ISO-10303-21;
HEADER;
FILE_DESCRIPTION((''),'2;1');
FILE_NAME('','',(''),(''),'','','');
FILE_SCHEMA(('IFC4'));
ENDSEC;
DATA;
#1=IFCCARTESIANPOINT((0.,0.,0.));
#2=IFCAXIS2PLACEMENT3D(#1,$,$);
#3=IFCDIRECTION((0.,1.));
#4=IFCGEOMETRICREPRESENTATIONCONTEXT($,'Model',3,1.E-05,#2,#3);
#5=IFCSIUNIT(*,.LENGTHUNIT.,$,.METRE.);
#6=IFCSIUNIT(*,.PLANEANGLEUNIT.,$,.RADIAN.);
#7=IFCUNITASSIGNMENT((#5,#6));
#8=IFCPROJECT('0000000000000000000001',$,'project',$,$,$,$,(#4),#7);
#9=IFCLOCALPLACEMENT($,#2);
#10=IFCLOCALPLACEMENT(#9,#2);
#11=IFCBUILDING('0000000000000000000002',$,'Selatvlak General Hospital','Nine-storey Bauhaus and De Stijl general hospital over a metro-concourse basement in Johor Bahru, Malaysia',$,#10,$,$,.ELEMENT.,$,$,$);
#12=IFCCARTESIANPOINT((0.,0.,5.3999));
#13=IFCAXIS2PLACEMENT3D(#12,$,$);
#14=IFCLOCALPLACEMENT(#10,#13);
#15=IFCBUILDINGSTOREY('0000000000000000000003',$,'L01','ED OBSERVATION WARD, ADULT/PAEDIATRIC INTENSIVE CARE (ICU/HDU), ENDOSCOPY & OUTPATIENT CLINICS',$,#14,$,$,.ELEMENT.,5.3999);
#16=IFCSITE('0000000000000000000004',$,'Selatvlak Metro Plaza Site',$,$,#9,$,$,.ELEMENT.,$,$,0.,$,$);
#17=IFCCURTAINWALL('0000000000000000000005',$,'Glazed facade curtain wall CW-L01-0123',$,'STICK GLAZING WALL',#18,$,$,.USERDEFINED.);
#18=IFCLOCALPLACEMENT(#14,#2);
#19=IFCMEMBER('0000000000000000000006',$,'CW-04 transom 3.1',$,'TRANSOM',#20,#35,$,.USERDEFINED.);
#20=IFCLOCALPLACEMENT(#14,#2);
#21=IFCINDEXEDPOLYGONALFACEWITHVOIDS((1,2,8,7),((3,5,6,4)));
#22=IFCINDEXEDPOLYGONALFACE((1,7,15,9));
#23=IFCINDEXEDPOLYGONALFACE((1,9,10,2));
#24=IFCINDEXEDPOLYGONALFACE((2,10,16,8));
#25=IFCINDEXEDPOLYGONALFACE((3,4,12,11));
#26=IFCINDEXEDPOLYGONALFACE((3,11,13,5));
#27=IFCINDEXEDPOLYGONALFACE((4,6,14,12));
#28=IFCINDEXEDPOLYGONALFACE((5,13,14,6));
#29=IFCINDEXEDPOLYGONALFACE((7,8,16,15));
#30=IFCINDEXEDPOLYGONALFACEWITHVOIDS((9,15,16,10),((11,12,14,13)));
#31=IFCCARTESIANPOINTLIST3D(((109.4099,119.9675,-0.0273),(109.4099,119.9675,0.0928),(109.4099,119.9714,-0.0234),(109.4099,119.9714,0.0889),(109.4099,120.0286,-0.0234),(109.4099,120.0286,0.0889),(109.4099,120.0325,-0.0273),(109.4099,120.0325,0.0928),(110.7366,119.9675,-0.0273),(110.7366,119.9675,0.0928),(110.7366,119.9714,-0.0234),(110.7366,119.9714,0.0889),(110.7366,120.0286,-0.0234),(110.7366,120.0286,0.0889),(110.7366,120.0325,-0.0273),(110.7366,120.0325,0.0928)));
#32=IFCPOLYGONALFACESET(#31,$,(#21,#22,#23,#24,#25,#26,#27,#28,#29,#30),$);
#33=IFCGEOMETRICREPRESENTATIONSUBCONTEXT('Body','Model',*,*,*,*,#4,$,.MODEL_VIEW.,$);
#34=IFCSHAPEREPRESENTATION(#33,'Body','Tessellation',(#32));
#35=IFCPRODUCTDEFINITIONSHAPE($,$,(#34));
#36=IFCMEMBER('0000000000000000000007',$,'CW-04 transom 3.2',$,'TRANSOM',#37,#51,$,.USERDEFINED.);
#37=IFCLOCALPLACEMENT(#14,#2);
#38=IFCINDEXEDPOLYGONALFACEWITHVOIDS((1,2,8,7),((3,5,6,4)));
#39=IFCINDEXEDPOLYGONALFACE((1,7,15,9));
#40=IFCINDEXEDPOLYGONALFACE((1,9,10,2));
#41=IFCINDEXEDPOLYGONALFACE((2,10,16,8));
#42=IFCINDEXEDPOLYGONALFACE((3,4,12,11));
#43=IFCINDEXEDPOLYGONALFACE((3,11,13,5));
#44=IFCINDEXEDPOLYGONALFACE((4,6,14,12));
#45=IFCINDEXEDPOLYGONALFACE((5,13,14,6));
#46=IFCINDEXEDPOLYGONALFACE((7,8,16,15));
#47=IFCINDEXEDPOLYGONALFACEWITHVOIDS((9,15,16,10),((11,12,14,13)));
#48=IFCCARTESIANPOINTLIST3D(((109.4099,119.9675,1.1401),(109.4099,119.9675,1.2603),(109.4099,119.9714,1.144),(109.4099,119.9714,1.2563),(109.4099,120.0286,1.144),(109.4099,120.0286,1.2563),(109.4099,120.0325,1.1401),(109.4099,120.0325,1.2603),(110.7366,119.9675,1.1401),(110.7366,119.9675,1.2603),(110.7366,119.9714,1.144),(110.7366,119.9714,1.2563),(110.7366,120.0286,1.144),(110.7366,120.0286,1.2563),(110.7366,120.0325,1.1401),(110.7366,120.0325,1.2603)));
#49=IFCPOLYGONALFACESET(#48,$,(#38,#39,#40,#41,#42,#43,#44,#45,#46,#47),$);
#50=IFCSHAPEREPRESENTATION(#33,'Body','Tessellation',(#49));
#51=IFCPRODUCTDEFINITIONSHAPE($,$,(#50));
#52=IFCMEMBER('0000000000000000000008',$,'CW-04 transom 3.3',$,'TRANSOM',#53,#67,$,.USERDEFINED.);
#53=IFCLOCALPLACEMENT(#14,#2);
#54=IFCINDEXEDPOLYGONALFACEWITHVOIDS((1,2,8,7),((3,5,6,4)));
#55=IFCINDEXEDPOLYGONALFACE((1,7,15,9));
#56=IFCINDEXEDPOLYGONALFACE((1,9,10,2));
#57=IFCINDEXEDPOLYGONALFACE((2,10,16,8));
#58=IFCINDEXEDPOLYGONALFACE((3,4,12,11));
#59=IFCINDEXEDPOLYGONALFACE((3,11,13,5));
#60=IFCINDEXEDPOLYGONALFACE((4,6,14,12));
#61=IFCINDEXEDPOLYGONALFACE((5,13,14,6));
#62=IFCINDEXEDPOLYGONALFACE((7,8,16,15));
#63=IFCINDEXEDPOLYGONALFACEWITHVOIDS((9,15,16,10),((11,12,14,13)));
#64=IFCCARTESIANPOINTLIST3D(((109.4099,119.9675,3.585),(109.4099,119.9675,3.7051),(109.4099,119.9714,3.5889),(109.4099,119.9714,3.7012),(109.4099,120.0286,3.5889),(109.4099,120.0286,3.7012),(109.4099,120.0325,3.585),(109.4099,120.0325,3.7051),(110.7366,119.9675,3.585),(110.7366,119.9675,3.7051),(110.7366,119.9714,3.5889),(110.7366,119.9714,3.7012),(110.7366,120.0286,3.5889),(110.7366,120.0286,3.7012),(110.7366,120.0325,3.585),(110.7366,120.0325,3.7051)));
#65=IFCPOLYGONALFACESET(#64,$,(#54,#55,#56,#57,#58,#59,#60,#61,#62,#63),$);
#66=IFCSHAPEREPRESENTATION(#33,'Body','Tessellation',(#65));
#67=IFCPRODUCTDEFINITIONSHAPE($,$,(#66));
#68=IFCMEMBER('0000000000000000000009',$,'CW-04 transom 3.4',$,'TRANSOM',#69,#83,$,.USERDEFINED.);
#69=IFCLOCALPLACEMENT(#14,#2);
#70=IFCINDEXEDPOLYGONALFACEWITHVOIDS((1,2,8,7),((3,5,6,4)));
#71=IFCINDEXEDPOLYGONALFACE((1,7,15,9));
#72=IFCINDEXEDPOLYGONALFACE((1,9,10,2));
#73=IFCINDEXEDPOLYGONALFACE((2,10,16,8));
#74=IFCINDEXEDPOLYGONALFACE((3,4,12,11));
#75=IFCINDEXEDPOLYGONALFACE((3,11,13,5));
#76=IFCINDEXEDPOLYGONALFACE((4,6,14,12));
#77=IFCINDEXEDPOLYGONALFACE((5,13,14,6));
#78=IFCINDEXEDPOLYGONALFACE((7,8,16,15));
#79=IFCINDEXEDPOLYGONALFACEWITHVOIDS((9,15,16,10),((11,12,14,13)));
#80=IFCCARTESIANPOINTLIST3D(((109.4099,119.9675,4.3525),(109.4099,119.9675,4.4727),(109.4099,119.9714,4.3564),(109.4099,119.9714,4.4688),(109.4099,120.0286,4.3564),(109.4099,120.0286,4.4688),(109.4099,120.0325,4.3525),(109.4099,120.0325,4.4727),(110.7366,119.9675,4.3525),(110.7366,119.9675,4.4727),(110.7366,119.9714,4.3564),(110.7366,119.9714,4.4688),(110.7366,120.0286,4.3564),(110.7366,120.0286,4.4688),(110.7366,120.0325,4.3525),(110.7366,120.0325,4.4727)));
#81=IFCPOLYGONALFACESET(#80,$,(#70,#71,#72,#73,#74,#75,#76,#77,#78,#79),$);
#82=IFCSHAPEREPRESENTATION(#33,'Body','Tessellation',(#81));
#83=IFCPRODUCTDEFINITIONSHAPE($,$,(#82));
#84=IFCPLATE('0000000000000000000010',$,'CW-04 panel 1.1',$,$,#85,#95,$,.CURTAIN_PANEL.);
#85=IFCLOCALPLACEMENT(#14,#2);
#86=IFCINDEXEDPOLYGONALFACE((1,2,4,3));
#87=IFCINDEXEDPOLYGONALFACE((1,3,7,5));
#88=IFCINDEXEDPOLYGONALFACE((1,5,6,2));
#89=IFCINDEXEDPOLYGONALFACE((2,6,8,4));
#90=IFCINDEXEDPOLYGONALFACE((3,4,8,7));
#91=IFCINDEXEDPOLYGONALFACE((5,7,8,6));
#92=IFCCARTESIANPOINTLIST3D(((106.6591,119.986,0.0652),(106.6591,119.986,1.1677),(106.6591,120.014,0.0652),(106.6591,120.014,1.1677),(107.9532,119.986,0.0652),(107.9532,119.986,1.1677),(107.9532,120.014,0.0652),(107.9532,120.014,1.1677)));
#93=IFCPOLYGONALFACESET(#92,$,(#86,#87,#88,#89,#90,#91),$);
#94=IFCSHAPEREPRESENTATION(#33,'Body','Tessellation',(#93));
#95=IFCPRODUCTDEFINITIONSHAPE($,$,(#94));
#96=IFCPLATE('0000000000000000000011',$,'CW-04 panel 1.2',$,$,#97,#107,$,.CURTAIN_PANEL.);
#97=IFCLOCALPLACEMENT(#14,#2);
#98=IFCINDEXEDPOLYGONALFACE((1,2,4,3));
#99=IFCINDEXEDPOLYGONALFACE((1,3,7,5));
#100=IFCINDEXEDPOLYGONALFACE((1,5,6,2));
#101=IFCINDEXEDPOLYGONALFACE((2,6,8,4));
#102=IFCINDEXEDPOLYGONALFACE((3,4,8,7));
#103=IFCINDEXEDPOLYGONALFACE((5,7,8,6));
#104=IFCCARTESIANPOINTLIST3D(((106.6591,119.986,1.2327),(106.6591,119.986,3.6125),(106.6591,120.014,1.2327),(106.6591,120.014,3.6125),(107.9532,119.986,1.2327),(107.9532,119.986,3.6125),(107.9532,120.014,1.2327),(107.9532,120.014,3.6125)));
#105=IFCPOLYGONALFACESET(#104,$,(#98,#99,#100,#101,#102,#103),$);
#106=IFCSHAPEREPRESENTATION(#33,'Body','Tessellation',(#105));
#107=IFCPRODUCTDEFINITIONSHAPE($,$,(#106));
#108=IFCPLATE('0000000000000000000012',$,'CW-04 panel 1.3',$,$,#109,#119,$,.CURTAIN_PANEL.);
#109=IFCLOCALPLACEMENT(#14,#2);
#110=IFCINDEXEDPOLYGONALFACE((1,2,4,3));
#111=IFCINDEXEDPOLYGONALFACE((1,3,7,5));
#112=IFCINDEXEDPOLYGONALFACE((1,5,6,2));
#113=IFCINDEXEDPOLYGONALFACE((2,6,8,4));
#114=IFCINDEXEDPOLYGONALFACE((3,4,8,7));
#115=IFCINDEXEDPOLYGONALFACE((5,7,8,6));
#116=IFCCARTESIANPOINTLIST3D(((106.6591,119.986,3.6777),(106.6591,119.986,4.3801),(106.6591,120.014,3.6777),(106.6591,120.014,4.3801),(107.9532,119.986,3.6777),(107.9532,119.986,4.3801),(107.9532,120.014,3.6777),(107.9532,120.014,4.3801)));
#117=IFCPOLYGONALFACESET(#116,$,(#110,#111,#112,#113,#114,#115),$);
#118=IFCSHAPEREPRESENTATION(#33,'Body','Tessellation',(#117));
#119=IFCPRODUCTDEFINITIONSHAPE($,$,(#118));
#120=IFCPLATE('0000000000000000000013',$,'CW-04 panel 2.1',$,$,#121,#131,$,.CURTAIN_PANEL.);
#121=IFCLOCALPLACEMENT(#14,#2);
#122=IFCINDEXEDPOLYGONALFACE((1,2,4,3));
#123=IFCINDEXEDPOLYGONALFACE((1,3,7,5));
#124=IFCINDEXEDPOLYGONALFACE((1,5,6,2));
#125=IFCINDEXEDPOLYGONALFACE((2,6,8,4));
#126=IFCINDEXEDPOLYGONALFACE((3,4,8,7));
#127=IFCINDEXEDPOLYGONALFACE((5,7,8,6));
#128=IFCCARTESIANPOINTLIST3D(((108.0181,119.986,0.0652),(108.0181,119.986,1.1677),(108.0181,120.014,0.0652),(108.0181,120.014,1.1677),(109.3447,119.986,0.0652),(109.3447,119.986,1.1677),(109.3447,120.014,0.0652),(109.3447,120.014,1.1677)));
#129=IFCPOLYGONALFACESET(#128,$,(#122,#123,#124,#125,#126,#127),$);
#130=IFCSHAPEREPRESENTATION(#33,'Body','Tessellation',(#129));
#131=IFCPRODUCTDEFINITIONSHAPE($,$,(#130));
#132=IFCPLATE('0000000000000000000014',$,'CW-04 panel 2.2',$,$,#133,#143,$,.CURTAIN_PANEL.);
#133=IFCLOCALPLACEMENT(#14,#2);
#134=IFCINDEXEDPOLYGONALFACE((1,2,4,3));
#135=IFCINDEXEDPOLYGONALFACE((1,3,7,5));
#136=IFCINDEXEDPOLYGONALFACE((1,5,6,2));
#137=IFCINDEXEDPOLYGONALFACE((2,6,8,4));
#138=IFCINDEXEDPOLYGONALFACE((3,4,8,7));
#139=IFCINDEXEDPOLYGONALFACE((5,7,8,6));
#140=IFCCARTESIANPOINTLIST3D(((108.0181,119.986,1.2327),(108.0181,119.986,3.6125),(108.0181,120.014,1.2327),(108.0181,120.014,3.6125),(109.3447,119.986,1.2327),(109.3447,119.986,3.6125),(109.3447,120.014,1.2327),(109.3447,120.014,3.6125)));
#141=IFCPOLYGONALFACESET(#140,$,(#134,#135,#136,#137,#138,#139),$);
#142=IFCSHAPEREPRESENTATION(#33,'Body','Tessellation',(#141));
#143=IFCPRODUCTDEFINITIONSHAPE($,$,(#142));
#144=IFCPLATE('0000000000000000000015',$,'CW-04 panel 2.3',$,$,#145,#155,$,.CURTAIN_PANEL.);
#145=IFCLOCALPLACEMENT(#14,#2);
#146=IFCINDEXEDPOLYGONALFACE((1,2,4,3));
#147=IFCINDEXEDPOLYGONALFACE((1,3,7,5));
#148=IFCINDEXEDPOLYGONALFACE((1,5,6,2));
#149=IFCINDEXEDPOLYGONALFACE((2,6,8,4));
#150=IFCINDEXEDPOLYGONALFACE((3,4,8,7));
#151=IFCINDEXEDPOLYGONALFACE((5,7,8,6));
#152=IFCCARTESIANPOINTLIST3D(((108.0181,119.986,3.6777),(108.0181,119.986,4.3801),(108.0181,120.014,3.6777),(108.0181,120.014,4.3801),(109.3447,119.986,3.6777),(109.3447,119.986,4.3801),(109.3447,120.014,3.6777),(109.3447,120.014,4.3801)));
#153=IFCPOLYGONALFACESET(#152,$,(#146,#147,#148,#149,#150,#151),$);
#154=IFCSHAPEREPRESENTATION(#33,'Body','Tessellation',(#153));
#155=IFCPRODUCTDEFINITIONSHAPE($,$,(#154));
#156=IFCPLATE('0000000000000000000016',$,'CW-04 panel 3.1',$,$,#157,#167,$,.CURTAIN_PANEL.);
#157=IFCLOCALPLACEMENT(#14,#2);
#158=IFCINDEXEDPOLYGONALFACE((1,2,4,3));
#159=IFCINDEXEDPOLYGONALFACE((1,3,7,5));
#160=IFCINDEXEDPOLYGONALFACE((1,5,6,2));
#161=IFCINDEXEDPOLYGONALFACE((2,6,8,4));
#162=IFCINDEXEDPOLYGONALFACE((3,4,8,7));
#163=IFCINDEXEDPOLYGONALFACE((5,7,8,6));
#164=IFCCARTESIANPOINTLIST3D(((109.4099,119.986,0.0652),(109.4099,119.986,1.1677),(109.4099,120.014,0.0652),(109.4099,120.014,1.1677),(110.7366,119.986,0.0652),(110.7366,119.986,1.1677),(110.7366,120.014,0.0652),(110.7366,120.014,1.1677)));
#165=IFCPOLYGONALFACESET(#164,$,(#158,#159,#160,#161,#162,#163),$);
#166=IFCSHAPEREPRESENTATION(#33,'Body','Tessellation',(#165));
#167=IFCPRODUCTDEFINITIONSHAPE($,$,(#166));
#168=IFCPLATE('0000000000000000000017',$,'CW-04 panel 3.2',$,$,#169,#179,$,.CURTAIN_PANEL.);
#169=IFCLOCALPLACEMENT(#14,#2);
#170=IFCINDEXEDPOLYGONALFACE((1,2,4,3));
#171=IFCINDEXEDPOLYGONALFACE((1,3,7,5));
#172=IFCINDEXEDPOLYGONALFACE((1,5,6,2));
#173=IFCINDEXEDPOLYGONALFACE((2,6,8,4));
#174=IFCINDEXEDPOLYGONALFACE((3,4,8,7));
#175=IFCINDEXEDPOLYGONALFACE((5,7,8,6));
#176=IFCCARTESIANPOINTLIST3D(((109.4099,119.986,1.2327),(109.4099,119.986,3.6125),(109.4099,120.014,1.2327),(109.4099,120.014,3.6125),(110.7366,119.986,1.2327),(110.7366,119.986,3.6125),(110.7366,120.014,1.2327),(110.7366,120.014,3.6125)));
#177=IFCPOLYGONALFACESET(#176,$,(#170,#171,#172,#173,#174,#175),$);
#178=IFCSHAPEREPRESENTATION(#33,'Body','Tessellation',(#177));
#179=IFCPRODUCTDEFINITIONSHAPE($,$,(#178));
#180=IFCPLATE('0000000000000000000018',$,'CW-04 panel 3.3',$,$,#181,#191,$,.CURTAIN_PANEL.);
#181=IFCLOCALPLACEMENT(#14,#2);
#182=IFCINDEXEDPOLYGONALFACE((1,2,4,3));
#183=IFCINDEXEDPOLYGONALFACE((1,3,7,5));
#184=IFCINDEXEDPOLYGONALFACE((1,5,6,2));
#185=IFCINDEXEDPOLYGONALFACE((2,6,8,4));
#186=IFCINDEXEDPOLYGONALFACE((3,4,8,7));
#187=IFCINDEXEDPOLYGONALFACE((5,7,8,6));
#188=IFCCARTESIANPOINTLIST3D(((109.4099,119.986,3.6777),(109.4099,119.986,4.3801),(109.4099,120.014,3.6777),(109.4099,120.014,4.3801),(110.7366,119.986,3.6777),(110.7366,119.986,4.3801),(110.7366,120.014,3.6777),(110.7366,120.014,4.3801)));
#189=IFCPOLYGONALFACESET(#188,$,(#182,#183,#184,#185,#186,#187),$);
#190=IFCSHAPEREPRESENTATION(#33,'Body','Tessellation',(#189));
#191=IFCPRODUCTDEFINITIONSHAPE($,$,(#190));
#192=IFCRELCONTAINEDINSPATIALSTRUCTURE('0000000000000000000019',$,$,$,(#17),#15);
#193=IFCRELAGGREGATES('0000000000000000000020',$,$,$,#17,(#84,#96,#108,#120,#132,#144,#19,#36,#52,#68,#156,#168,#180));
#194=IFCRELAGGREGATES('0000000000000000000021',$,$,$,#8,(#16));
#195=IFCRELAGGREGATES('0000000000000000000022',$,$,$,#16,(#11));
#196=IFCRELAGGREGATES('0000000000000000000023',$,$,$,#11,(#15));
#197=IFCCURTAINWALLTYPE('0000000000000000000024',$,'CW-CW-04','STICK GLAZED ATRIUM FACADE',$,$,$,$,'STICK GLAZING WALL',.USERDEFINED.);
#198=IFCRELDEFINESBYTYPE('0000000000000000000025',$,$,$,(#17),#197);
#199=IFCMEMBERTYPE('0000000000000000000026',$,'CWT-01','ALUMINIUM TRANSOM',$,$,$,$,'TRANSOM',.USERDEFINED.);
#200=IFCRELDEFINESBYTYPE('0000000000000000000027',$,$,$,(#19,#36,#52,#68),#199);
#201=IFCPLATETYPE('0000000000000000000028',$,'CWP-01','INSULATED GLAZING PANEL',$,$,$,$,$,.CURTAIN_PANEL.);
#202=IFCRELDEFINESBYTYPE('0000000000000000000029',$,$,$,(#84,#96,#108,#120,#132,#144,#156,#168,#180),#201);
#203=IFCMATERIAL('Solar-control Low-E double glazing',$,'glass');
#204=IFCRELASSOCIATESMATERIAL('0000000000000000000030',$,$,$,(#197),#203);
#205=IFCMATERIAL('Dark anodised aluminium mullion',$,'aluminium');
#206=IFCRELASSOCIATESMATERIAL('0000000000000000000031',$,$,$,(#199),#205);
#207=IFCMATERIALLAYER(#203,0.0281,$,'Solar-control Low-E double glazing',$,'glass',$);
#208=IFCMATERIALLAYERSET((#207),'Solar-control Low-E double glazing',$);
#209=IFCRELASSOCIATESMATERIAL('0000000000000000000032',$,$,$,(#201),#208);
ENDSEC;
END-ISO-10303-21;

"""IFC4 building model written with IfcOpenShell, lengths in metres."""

from ifc_helpers import new_model, si_unit, direction, frame, origin, origin_2d, place, context, subcontext, project, spatial, rectangle, hollow_rectangle, extrude, material, layer, layer_set, material_profile, profile_set, type_object, element, aggregate, save


model = new_model("IFC4")

# Units and contexts
model_context = context("Model", 3, precision=1e-05, world=origin(), true_north=direction((0.0, 1.0)))
body_context = subcontext(model_context, "Body", "Model", "MODEL_VIEW")
ifc_project = project(units=[si_unit("LENGTHUNIT", "METRE"), si_unit("PLANEANGLEUNIT", "RADIAN")], contexts=[model_context])

# Site, building, storey
site_placement = place(None, origin())
site = spatial("IfcSite", under=ifc_project, at=site_placement, Name="Selatvlak Metro Plaza Site", CompositionType="ELEMENT", RefElevation=0.0)
building_placement = place(site_placement, origin())
building = spatial("IfcBuilding", under=site, at=building_placement, Name="Selatvlak General Hospital", Description="Nine-storey Bauhaus and De Stijl general hospital over a metro-concourse basement in Johor Bahru, Malaysia", CompositionType="ELEMENT")
storey_placement = place(building_placement, frame((0.0, 0.0, 5.3999)))
storey = spatial("IfcBuildingStorey", under=building, at=storey_placement, Name="L01", Description="ED OBSERVATION WARD, ADULT/PAEDIATRIC INTENSIVE CARE (ICU/HDU), ENDOSCOPY & OUTPATIENT CLINICS", CompositionType="ELEMENT", Elevation=5.3999)

# Curtain wall, members, plates
ifc_material_1 = material(Name="Solar-control Low-E double glazing", Category="glass")
curtain_wall_type = type_object("IfcCurtainWallType", Name="CW-CW-04", Description="STICK GLAZED ATRIUM FACADE", ElementType="STICK GLAZING WALL", PredefinedType="USERDEFINED", material=ifc_material_1)
curtain_wall_placement = place(storey_placement, origin())
curtain_wall = element("IfcCurtainWall", 1, at=curtain_wall_placement, inside=storey, type_object=curtain_wall_type, Name="Glazed facade curtain wall CW-L01-0123", ObjectType="STICK GLAZING WALL", PredefinedType="USERDEFINED")
ifc_material_2 = material(Name="Dark anodised aluminium mullion", Category="aluminium")
ifc_material_profile_1 = material_profile(ifc_material_2, hollow_rectangle(XDim=0.0649, YDim=0.1201, WallThickness=0.0039, at=origin_2d()), Name="AL-TRN 65x120x4")
ifc_profile_set_1 = profile_set([ifc_material_profile_1], Name="Dark anodised aluminium mullion")
member_type_1 = type_object("IfcMemberType", Name="CWT-01", Description="ALUMINIUM TRANSOM", ElementType="TRANSOM", PredefinedType="USERDEFINED", material=ifc_profile_set_1)
member_1_placement = place(storey_placement, frame((109.4099, 120.0, 0.0327), z_axis=(1.0, 0.0, 0.0), x_axis=(0.0, 1.0, 0.0)))
member_1 = element("IfcMember", 2, at=member_1_placement, type_object=member_type_1, Name="CW-04 transom 3.1", ObjectType="TRANSOM", PredefinedType="USERDEFINED", context=body_context, shape_type="SweptSolid", body=[
    extrude(hollow_rectangle(XDim=0.0649, YDim=0.1201, WallThickness=0.0039, at=origin_2d()), origin(), (0.0, 0.0, 1.0), 1.3267),
])
member_2_placement = place(storey_placement, frame((109.4099, 120.0, 1.2002), z_axis=(1.0, 0.0, 0.0), x_axis=(0.0, 1.0, 0.0)))
member_2 = element("IfcMember", 3, at=member_2_placement, type_object=member_type_1, Name="CW-04 transom 3.2", ObjectType="TRANSOM", PredefinedType="USERDEFINED", context=body_context, shape_type="SweptSolid", body=[
    extrude(hollow_rectangle(XDim=0.0649, YDim=0.1201, WallThickness=0.0039, at=origin_2d()), origin(), (0.0, 0.0, 1.0), 1.3267),
])
member_3_placement = place(storey_placement, frame((109.4099, 120.0, 3.645), z_axis=(1.0, 0.0, 0.0), x_axis=(0.0, 1.0, 0.0)))
member_3 = element("IfcMember", 4, at=member_3_placement, type_object=member_type_1, Name="CW-04 transom 3.3", ObjectType="TRANSOM", PredefinedType="USERDEFINED", context=body_context, shape_type="SweptSolid", body=[
    extrude(hollow_rectangle(XDim=0.0649, YDim=0.1201, WallThickness=0.0039, at=origin_2d()), origin(), (0.0, 0.0, 1.0), 1.3267),
])
member_4_placement = place(storey_placement, frame((109.4099, 120.0, 4.4126), z_axis=(1.0, 0.0, 0.0), x_axis=(0.0, 1.0, 0.0)))
member_4 = element("IfcMember", 5, at=member_4_placement, type_object=member_type_1, Name="CW-04 transom 3.4", ObjectType="TRANSOM", PredefinedType="USERDEFINED", context=body_context, shape_type="SweptSolid", body=[
    extrude(hollow_rectangle(XDim=0.0649, YDim=0.1201, WallThickness=0.0039, at=origin_2d()), origin(), (0.0, 0.0, 1.0), 1.3267),
])
ifc_layer_1 = layer(ifc_material_1, 0.0281, Name="Solar-control Low-E double glazing", Category="glass")
ifc_layer_set_1 = layer_set([ifc_layer_1], Name="Solar-control Low-E double glazing")
plate_type = type_object("IfcPlateType", Name="CWP-01", Description="INSULATED GLAZING PANEL", PredefinedType="CURTAIN_PANEL", material=ifc_layer_set_1)
plate_1_placement = place(storey_placement, frame((107.3062, 120.0, 0.0652), z_axis=(0.0, 0.0, 1.0), x_axis=(1.0, 0.0, 0.0)))
plate_1 = element("IfcPlate", 6, at=plate_1_placement, type_object=plate_type, Name="CW-04 panel 1.1", PredefinedType="CURTAIN_PANEL", context=body_context, shape_type="SweptSolid", body=[
    extrude(rectangle(XDim=1.2942, YDim=0.0281, at=origin_2d()), origin(), (0.0, 0.0, 1.0), 1.1025),
])
plate_2_placement = place(storey_placement, frame((107.3062, 120.0, 1.2327), z_axis=(0.0, 0.0, 1.0), x_axis=(1.0, 0.0, 0.0)))
plate_2 = element("IfcPlate", 7, at=plate_2_placement, type_object=plate_type, Name="CW-04 panel 1.2", PredefinedType="CURTAIN_PANEL", context=body_context, shape_type="SweptSolid", body=[
    extrude(rectangle(XDim=1.2942, YDim=0.0281, at=origin_2d()), origin(), (0.0, 0.0, 1.0), 2.3799),
])
plate_3_placement = place(storey_placement, frame((107.3062, 120.0, 3.6777), z_axis=(0.0, 0.0, 1.0), x_axis=(1.0, 0.0, 0.0)))
plate_3 = element("IfcPlate", 8, at=plate_3_placement, type_object=plate_type, Name="CW-04 panel 1.3", PredefinedType="CURTAIN_PANEL", context=body_context, shape_type="SweptSolid", body=[
    extrude(rectangle(XDim=1.2942, YDim=0.0281, at=origin_2d()), origin(), (0.0, 0.0, 1.0), 0.7024),
])
plate_4_placement = place(storey_placement, frame((108.6814, 120.0, 0.0652), z_axis=(0.0, 0.0, 1.0), x_axis=(1.0, 0.0, 0.0)))
plate_4 = element("IfcPlate", 9, at=plate_4_placement, type_object=plate_type, Name="CW-04 panel 2.1", PredefinedType="CURTAIN_PANEL", context=body_context, shape_type="SweptSolid", body=[
    extrude(rectangle(XDim=1.3267, YDim=0.0281, at=origin_2d()), origin(), (0.0, 0.0, 1.0), 1.1025),
])
plate_5_placement = place(storey_placement, frame((108.6814, 120.0, 1.2327), z_axis=(0.0, 0.0, 1.0), x_axis=(1.0, 0.0, 0.0)))
plate_5 = element("IfcPlate", 10, at=plate_5_placement, type_object=plate_type, Name="CW-04 panel 2.2", PredefinedType="CURTAIN_PANEL", context=body_context, shape_type="SweptSolid", body=[
    extrude(rectangle(XDim=1.3267, YDim=0.0281, at=origin_2d()), origin(), (0.0, 0.0, 1.0), 2.3799),
])
plate_6_placement = place(storey_placement, frame((108.6814, 120.0, 3.6777), z_axis=(0.0, 0.0, 1.0), x_axis=(1.0, 0.0, 0.0)))
plate_6 = element("IfcPlate", 11, at=plate_6_placement, type_object=plate_type, Name="CW-04 panel 2.3", PredefinedType="CURTAIN_PANEL", context=body_context, shape_type="SweptSolid", body=[
    extrude(rectangle(XDim=1.3267, YDim=0.0281, at=origin_2d()), origin(), (0.0, 0.0, 1.0), 0.7024),
])
plate_7_placement = place(storey_placement, frame((110.0732, 120.0, 0.0652), z_axis=(0.0, 0.0, 1.0), x_axis=(1.0, 0.0, 0.0)))
plate_7 = element("IfcPlate", 12, at=plate_7_placement, type_object=plate_type, Name="CW-04 panel 3.1", PredefinedType="CURTAIN_PANEL", context=body_context, shape_type="SweptSolid", body=[
    extrude(rectangle(XDim=1.3267, YDim=0.0281, at=origin_2d()), origin(), (0.0, 0.0, 1.0), 1.1025),
])
plate_8_placement = place(storey_placement, frame((110.0732, 120.0, 1.2327), z_axis=(0.0, 0.0, 1.0), x_axis=(1.0, 0.0, 0.0)))
plate_8 = element("IfcPlate", 13, at=plate_8_placement, type_object=plate_type, Name="CW-04 panel 3.2", PredefinedType="CURTAIN_PANEL", context=body_context, shape_type="SweptSolid", body=[
    extrude(rectangle(XDim=1.3267, YDim=0.0281, at=origin_2d()), origin(), (0.0, 0.0, 1.0), 2.3799),
])
plate_9_placement = place(storey_placement, frame((110.0732, 120.0, 3.6777), z_axis=(0.0, 0.0, 1.0), x_axis=(1.0, 0.0, 0.0)))
plate_9 = element("IfcPlate", 14, at=plate_9_placement, type_object=plate_type, Name="CW-04 panel 3.3", PredefinedType="CURTAIN_PANEL", context=body_context, shape_type="SweptSolid", body=[
    extrude(rectangle(XDim=1.3267, YDim=0.0281, at=origin_2d()), origin(), (0.0, 0.0, 1.0), 0.7024),
])
aggregate(curtain_wall, [plate_1, plate_2, plate_3, plate_4, plate_5, plate_6, member_1, member_2, member_3, member_4, plate_7, plate_8, plate_9])

save(model, "model.ifc")
